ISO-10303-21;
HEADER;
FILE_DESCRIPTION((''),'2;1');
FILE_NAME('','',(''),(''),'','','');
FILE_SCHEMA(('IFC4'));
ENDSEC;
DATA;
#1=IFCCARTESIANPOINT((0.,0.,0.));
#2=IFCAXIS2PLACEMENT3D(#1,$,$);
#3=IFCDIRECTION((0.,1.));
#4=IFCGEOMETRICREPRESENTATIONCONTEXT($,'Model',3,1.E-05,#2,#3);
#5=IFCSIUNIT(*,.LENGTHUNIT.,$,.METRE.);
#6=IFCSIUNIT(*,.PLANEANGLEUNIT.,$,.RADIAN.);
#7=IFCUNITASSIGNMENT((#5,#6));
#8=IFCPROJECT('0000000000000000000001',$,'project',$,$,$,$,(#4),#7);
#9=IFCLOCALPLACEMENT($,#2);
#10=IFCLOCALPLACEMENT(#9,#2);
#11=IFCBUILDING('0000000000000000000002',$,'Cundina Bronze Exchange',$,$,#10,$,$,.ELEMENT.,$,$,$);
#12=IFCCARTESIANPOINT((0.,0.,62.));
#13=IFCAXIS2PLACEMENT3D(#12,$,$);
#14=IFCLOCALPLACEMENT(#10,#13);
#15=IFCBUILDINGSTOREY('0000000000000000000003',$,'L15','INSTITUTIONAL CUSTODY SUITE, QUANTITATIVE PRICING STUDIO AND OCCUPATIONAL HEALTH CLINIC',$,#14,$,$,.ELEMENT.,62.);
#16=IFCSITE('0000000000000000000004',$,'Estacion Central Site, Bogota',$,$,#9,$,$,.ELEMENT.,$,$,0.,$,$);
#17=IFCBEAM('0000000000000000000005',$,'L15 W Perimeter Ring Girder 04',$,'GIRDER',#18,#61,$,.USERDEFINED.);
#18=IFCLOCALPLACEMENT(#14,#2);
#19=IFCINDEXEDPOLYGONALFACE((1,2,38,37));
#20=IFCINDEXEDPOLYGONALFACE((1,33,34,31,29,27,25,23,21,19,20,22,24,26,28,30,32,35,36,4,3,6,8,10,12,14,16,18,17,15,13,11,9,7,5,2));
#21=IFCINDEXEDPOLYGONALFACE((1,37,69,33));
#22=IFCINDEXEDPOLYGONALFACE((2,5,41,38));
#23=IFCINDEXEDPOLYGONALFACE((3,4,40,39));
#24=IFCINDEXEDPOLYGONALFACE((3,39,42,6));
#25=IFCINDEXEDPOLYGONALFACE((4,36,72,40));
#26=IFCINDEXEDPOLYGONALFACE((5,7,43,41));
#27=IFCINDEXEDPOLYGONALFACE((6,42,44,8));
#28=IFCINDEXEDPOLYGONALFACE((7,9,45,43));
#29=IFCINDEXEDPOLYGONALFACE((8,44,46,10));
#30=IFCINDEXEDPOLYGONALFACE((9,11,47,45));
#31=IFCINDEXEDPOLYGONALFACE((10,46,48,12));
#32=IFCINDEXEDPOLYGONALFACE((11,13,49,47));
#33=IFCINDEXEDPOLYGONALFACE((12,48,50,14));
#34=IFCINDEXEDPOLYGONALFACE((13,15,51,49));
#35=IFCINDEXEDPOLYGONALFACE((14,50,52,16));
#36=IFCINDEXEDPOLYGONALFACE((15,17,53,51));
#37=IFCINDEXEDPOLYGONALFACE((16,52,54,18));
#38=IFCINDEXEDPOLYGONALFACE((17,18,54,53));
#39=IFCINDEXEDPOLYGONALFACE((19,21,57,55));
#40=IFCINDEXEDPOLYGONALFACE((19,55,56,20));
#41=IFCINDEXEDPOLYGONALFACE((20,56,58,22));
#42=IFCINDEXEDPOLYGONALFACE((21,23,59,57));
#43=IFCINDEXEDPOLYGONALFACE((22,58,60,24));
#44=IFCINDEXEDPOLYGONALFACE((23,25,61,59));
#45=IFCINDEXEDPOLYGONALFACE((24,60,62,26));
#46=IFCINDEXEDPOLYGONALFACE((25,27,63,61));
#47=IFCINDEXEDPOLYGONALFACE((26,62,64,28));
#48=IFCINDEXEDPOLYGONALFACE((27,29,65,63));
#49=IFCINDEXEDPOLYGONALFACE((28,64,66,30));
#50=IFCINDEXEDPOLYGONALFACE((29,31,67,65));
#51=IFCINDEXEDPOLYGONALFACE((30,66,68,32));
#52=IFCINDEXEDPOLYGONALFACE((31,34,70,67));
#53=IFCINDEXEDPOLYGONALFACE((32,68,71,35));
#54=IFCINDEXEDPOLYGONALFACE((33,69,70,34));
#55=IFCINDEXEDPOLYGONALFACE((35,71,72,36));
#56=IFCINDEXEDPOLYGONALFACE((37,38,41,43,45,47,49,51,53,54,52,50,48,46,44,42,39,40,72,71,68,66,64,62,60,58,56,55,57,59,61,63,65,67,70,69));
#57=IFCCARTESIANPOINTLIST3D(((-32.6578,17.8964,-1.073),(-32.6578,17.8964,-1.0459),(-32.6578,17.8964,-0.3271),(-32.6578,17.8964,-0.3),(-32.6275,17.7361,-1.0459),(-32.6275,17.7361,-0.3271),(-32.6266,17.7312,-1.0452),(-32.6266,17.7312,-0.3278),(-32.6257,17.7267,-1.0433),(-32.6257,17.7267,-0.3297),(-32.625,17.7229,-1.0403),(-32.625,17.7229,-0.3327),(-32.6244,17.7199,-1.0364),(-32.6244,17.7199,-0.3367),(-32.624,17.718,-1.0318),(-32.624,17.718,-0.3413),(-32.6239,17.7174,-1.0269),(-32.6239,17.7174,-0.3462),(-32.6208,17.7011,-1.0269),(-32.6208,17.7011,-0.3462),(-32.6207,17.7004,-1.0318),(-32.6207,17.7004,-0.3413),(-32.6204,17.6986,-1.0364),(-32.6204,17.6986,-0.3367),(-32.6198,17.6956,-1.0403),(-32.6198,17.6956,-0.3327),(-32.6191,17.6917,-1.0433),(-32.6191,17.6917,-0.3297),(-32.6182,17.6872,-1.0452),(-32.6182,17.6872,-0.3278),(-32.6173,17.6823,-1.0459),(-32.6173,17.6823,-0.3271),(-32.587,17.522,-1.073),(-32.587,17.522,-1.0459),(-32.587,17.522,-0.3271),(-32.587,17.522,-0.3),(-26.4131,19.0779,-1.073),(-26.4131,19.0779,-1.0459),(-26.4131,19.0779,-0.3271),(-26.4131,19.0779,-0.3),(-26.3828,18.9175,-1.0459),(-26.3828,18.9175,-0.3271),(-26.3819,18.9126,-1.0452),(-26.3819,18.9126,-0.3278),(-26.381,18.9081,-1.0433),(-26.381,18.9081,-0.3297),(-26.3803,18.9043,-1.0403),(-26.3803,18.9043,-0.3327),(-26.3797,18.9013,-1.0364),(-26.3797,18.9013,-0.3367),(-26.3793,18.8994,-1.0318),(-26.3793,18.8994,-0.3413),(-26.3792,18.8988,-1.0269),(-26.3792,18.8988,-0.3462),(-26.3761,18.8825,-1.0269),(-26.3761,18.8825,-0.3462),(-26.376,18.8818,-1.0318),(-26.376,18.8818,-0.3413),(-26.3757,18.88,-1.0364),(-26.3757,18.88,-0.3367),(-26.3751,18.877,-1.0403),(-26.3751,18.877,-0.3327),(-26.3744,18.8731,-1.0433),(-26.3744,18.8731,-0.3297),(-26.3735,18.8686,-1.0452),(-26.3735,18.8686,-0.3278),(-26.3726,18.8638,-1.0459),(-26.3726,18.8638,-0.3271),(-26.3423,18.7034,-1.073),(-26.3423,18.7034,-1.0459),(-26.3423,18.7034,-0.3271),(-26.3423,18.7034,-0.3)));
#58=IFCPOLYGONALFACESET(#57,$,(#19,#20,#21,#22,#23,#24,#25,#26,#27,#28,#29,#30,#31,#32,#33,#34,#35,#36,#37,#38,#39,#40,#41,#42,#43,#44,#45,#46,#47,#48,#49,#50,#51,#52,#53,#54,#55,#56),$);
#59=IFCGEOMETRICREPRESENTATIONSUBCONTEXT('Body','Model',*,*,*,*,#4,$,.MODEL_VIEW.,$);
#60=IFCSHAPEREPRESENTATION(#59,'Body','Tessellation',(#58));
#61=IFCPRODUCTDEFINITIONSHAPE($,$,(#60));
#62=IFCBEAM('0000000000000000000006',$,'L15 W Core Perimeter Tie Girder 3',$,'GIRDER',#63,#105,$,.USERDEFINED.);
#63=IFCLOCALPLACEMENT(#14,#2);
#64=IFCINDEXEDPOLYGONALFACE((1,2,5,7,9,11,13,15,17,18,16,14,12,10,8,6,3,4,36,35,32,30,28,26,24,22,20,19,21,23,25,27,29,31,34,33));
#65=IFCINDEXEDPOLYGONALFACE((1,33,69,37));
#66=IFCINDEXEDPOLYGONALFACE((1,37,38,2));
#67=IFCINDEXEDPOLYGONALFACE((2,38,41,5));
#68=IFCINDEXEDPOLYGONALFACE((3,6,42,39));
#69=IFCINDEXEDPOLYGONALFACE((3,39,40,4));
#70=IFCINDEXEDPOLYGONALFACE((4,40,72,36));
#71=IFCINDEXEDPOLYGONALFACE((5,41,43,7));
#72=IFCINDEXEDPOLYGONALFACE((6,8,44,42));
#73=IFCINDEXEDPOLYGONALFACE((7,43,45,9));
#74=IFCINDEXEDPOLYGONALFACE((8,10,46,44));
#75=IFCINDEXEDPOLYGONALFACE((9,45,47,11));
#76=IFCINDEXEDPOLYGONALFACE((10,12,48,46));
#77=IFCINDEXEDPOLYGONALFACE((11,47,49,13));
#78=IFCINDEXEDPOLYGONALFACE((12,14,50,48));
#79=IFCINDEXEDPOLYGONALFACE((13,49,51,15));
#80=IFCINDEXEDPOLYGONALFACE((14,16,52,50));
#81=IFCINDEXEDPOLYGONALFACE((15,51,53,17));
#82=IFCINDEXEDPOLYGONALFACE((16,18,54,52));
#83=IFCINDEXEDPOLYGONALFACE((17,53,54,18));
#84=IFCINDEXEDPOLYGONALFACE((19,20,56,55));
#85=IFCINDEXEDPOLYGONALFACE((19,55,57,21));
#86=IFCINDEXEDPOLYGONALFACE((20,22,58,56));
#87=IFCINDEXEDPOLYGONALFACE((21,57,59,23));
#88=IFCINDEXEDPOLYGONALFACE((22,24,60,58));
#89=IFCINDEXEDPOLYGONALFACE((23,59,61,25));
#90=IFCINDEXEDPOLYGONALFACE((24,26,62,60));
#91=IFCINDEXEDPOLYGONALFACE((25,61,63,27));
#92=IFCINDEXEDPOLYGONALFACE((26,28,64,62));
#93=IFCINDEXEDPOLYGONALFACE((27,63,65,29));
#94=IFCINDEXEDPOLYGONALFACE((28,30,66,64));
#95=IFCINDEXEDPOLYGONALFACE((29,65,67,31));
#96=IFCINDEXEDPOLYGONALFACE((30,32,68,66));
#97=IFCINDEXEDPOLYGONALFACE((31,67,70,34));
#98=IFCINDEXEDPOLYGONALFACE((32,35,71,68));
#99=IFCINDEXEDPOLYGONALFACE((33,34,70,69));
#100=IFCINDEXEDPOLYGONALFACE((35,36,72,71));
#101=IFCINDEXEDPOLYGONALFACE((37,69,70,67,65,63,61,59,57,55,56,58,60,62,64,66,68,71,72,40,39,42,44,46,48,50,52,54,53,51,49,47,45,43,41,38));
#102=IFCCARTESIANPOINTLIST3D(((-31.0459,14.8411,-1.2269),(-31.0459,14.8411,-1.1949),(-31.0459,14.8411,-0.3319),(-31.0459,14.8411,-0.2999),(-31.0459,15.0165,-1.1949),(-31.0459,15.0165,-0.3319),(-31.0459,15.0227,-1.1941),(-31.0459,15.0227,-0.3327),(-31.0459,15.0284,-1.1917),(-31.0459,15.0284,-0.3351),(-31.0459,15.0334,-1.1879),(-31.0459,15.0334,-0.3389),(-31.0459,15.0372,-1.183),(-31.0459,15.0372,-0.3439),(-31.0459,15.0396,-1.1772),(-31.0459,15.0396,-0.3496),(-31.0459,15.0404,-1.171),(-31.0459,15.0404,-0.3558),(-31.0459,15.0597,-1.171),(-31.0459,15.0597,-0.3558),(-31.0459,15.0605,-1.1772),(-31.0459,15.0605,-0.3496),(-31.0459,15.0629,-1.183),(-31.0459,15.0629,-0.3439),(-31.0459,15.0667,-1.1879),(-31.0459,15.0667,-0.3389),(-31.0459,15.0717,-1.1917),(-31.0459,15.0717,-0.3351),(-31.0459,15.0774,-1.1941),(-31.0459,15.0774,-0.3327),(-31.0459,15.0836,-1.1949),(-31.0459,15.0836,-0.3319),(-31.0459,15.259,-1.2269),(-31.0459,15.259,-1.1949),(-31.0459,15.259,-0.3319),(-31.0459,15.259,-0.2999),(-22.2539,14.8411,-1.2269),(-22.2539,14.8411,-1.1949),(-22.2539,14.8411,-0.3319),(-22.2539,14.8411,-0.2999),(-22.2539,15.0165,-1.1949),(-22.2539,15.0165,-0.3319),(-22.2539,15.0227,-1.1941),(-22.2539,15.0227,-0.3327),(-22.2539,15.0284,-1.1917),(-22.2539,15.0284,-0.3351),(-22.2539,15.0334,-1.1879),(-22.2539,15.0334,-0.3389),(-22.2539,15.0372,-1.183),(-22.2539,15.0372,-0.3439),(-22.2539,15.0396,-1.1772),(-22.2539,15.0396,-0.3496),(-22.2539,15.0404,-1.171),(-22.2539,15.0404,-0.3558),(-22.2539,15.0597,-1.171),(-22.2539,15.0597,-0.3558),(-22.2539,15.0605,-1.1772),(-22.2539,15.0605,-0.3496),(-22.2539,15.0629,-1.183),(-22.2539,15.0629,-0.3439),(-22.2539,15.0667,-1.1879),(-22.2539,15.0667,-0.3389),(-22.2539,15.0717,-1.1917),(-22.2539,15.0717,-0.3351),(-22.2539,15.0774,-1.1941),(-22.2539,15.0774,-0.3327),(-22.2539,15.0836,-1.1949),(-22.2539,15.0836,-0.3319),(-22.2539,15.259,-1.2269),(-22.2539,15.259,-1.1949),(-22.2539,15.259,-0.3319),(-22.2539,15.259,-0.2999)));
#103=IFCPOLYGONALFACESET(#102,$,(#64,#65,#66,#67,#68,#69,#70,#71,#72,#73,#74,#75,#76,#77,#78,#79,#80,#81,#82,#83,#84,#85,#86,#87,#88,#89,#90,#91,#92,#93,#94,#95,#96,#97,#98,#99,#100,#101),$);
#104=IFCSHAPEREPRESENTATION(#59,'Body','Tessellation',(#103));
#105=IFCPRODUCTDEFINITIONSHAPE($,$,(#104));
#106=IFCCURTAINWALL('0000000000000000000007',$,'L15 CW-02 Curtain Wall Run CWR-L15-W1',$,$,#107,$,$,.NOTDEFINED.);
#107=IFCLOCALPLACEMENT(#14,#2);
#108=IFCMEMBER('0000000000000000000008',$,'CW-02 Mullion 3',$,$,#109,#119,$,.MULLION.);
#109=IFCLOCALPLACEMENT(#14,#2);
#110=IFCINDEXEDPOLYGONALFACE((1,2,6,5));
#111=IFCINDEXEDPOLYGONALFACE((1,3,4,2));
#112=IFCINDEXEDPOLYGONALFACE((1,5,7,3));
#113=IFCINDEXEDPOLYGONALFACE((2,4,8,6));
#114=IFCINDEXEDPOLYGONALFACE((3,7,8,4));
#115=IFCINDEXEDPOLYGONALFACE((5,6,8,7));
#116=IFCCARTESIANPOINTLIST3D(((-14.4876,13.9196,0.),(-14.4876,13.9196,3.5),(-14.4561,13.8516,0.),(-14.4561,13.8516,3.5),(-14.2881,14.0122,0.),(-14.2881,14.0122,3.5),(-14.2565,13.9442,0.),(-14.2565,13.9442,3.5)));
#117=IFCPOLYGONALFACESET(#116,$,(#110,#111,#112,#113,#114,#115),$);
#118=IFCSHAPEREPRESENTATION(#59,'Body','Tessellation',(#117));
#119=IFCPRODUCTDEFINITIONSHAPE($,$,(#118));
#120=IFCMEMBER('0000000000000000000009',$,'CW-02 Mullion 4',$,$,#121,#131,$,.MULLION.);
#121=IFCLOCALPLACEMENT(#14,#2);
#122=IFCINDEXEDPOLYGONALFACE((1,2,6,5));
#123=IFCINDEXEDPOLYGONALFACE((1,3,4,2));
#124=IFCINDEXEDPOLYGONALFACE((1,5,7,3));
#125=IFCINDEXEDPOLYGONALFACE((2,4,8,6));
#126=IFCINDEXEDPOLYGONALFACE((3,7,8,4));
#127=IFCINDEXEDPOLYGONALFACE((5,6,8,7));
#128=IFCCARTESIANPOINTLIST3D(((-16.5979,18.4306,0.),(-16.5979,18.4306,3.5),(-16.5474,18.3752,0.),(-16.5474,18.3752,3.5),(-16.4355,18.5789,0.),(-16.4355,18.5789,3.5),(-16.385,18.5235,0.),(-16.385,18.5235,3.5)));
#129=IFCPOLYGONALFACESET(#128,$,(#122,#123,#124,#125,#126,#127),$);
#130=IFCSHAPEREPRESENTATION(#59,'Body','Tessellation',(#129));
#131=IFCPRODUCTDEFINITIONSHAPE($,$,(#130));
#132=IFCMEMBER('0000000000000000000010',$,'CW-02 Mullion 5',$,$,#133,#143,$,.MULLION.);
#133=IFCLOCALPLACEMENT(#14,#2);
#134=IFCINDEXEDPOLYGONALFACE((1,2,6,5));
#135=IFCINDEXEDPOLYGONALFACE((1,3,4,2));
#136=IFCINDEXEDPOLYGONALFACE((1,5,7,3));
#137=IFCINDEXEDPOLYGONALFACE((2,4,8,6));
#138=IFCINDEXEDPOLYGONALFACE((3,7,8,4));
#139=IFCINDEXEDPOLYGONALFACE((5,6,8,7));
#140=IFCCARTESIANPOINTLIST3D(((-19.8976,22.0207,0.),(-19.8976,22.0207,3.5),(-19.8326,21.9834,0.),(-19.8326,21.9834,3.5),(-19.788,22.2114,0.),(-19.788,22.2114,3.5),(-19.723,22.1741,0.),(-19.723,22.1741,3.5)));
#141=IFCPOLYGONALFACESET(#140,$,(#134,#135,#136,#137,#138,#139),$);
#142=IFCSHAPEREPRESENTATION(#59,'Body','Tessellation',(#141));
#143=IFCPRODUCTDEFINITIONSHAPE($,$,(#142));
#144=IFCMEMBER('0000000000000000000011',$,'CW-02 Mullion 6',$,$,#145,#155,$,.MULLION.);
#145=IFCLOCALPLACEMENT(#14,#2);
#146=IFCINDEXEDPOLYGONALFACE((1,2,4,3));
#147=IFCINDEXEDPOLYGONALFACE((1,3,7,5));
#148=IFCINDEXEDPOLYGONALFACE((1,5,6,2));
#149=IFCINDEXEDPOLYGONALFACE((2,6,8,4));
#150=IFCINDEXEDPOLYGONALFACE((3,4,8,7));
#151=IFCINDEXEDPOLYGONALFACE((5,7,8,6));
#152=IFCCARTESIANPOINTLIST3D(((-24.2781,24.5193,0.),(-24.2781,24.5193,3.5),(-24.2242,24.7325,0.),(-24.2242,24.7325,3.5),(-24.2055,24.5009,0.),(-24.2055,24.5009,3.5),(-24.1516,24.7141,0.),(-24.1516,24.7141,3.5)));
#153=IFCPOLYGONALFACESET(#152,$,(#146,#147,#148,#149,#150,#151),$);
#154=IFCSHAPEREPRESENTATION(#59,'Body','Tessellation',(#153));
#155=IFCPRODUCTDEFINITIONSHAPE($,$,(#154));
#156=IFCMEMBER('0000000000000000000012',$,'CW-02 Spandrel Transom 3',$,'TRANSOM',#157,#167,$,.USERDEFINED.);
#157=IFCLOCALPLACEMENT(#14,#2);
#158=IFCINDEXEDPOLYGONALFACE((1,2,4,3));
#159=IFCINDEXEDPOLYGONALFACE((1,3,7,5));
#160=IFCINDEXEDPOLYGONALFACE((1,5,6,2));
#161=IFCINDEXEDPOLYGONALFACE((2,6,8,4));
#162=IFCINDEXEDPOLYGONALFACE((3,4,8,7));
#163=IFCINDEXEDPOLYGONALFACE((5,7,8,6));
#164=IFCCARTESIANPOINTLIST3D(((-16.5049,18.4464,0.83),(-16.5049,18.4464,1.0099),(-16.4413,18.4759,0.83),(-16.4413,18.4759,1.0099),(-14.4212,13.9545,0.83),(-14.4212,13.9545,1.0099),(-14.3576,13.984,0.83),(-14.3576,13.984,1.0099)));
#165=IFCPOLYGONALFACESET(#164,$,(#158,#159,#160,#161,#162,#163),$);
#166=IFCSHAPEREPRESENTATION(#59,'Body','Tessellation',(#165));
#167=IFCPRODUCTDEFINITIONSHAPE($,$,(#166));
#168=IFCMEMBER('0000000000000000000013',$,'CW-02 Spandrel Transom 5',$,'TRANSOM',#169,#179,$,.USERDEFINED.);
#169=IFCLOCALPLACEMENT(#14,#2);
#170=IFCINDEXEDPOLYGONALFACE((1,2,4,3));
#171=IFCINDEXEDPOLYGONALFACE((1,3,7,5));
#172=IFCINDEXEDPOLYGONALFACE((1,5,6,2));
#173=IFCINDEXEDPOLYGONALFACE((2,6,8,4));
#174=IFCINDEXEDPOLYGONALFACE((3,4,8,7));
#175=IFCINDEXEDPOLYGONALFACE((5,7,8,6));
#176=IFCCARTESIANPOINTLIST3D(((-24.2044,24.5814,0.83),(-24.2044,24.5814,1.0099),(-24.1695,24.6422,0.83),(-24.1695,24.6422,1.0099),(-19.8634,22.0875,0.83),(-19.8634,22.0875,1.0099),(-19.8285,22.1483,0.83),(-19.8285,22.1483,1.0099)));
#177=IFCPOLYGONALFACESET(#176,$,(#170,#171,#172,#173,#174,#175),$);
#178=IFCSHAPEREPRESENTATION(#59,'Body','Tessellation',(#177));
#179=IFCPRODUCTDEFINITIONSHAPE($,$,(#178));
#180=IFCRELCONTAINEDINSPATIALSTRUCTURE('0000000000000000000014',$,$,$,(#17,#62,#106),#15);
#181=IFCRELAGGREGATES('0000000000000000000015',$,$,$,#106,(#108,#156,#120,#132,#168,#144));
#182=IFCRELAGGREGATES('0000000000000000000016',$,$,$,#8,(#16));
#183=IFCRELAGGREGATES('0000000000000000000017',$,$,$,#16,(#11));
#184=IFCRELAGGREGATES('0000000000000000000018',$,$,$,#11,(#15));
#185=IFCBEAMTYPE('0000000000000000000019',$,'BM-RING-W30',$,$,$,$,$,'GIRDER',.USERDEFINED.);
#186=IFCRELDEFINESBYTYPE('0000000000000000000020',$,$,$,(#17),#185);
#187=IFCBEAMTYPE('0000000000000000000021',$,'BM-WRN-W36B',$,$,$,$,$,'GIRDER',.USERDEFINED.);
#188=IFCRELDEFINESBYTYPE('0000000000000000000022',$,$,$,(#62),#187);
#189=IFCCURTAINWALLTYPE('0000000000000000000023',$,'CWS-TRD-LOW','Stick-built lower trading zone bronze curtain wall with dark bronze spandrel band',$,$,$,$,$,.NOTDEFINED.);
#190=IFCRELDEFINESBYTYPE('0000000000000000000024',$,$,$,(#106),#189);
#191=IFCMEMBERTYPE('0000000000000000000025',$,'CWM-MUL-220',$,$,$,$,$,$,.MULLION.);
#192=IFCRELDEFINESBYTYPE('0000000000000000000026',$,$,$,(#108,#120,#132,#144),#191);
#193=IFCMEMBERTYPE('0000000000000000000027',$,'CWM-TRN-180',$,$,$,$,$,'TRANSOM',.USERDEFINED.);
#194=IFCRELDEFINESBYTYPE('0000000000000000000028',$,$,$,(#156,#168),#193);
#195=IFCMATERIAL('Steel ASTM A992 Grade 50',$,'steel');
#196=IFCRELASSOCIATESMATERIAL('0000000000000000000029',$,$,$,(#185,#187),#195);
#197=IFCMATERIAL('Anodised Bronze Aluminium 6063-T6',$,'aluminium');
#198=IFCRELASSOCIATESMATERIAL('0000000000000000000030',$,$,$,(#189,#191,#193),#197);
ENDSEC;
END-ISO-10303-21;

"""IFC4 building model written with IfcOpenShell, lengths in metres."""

from ifc_helpers import new_model, si_unit, direction, frame, origin, origin_2d, place, context, subcontext, project, spatial, rectangle, i_section, extrude, material, material_profile, profile_set, type_object, element, aggregate, save


model = new_model("IFC4")

# Units and contexts
model_context = context("Model", 3, precision=1e-05, world=origin(), true_north=direction((0.0, 1.0)))
body_context = subcontext(model_context, "Body", "Model", "MODEL_VIEW")
ifc_project = project(units=[si_unit("LENGTHUNIT", "METRE"), si_unit("PLANEANGLEUNIT", "RADIAN")], contexts=[model_context])

# Site, building, storey
site_placement = place(None, origin())
site = spatial("IfcSite", under=ifc_project, at=site_placement, Name="Estacion Central Site, Bogota", CompositionType="ELEMENT", RefElevation=0.0)
building_placement = place(site_placement, origin())
building = spatial("IfcBuilding", under=site, at=building_placement, Name="Cundina Bronze Exchange", CompositionType="ELEMENT")
storey_placement = place(building_placement, frame((0.0, 0.0, 62.0)))
storey = spatial("IfcBuildingStorey", under=building, at=storey_placement, Name="L15", Description="INSTITUTIONAL CUSTODY SUITE, QUANTITATIVE PRICING STUDIO AND OCCUPATIONAL HEALTH CLINIC", CompositionType="ELEMENT", Elevation=62.0)

# Shared definitions
ifc_material_1 = material(Name="Steel ASTM A992 Grade 50", Category="steel")

# Beams
ifc_material_profile_1 = material_profile(ifc_material_1, i_section(OverallWidth=0.3811, OverallDepth=0.7729, WebThickness=0.0166, FlangeThickness=0.0271, FilletRadius=0.019, at=origin_2d()), Name="W30X173", Category="steel")
ifc_profile_set_1 = profile_set([ifc_material_profile_1], Name="Steel ASTM A992 Grade 50")
beam_type_1 = type_object("IfcBeamType", Name="BM-RING-W30", ElementType="GIRDER", PredefinedType="USERDEFINED", material=ifc_profile_set_1)
beam_1_placement = place(storey_placement, frame((-26.3777, 18.8906, -0.6865), z_axis=(-0.982571, -0.185889, 0.0), x_axis=(0.185889, -0.982571, 0.0)))
element("IfcBeam", 1, at=beam_1_placement, inside=storey, type_object=beam_type_1, Name="L15 W Perimeter Ring Girder 04", ObjectType="GIRDER", PredefinedType="USERDEFINED", context=body_context, shape_type="SweptSolid", body=[
    extrude(i_section(OverallWidth=0.3811, OverallDepth=0.7729, WebThickness=0.0166, FlangeThickness=0.0271, FilletRadius=0.019, at=origin_2d()), origin(), (0.0, 0.0, 1.0), 6.3555),
])
ifc_material_profile_2 = material_profile(ifc_material_1, i_section(OverallWidth=0.418, OverallDepth=0.927, WebThickness=0.0193, FlangeThickness=0.032, FilletRadius=0.0239, at=origin_2d()), Name="W36X231", Category="steel")
ifc_profile_set_2 = profile_set([ifc_material_profile_2], Name="Steel ASTM A992 Grade 50")
beam_type_2 = type_object("IfcBeamType", Name="BM-WRN-W36B", ElementType="GIRDER", PredefinedType="USERDEFINED", material=ifc_profile_set_2)
beam_2_placement = place(storey_placement, frame((-22.2539, 15.05, -0.7634), z_axis=(-1.0, 0.0, 0.0), x_axis=(0.0, -1.0, 0.0)))
element("IfcBeam", 2, at=beam_2_placement, inside=storey, type_object=beam_type_2, Name="L15 W Core Perimeter Tie Girder 3", ObjectType="GIRDER", PredefinedType="USERDEFINED", context=body_context, shape_type="SweptSolid", body=[
    extrude(i_section(OverallWidth=0.418, OverallDepth=0.927, WebThickness=0.0193, FlangeThickness=0.032, FilletRadius=0.0239, at=origin_2d()), origin(), (0.0, 0.0, 1.0), 8.792),
])

# Curtain wall, members
ifc_material_2 = material(Name="Anodised Bronze Aluminium 6063-T6", Category="aluminium")
curtain_wall_type = type_object("IfcCurtainWallType", Name="CWS-TRD-LOW", Description="Stick-built lower trading zone bronze curtain wall with dark bronze spandrel band", PredefinedType="NOTDEFINED", material=ifc_material_2)
curtain_wall_placement = place(storey_placement, origin())
curtain_wall = element("IfcCurtainWall", 3, at=curtain_wall_placement, inside=storey, type_object=curtain_wall_type, Name="L15 CW-02 Curtain Wall Run CWR-L15-W1", PredefinedType="NOTDEFINED")
ifc_material_profile_3 = material_profile(ifc_material_2, rectangle(XDim=0.075, YDim=0.22, at=origin_2d()), Name="AL75X220", Category="aluminium")
ifc_profile_set_3 = profile_set([ifc_material_profile_3], Name="Anodised Bronze Aluminium 6063-T6")
member_type_1 = type_object("IfcMemberType", Name="CWM-MUL-220", PredefinedType="MULLION", material=ifc_profile_set_3)
member_1_placement = place(storey_placement, frame((-14.3721, 13.9319, 0.0), z_axis=(0.0, 0.0, 1.0), x_axis=(-0.420877, 0.907117, 0.0)))
member_1 = element("IfcMember", 4, at=member_1_placement, type_object=member_type_1, Name="CW-02 Mullion 3", PredefinedType="MULLION", context=body_context, shape_type="SweptSolid", body=[
    extrude(rectangle(XDim=0.075, YDim=0.22, at=origin_2d()), origin(), (0.0, 0.0, 1.0), 3.5),
])
member_2_placement = place(storey_placement, frame((-16.4915, 18.4771, 0.0), z_axis=(0.0, 0.0, 1.0), x_axis=(-0.674302, 0.738455, 0.0)))
member_2 = element("IfcMember", 5, at=member_2_placement, type_object=member_type_1, Name="CW-02 Mullion 4", PredefinedType="MULLION", context=body_context, shape_type="SweptSolid", body=[
    extrude(rectangle(XDim=0.075, YDim=0.22, at=origin_2d()), origin(), (0.0, 0.0, 1.0), 3.5),
])
member_3_placement = place(storey_placement, frame((-19.8103, 22.0974, 0.0), z_axis=(0.0, 0.0, 1.0), x_axis=(-0.867071, 0.498185, 0.0)))
member_3 = element("IfcMember", 6, at=member_3_placement, type_object=member_type_1, Name="CW-02 Mullion 5", PredefinedType="MULLION", context=body_context, shape_type="SweptSolid", body=[
    extrude(rectangle(XDim=0.075, YDim=0.22, at=origin_2d()), origin(), (0.0, 0.0, 1.0), 3.5),
])
member_4_placement = place(storey_placement, frame((-24.2148, 24.6167, 0.0), z_axis=(0.0, 0.0, 1.0), x_axis=(-0.969488, 0.245138, 0.0)))
member_4 = element("IfcMember", 7, at=member_4_placement, type_object=member_type_1, Name="CW-02 Mullion 6", PredefinedType="MULLION", context=body_context, shape_type="SweptSolid", body=[
    extrude(rectangle(XDim=0.075, YDim=0.22, at=origin_2d()), origin(), (0.0, 0.0, 1.0), 3.5),
])
ifc_material_profile_4 = material_profile(ifc_material_2, rectangle(XDim=0.0701, YDim=0.1799, at=origin_2d()), Name="AL70X180", Category="aluminium")
ifc_profile_set_4 = profile_set([ifc_material_profile_4], Name="Anodised Bronze Aluminium 6063-T6")
member_type_2 = type_object("IfcMemberType", Name="CWM-TRN-180", ElementType="TRANSOM", PredefinedType="USERDEFINED", material=ifc_profile_set_4)
member_5_placement = place(storey_placement, frame((-14.3894, 13.9692, 0.9199), z_axis=(-0.420811, 0.907148, 0.0), x_axis=(-0.907148, -0.420811, 0.0)))
member_5 = element("IfcMember", 8, at=member_5_placement, type_object=member_type_2, Name="CW-02 Spandrel Transom 3", ObjectType="TRANSOM", PredefinedType="USERDEFINED", context=body_context, shape_type="SweptSolid", body=[
    extrude(rectangle(XDim=0.0701, YDim=0.1799, at=origin_2d()), origin(), (0.0, 0.0, 1.0), 4.9517),
])
member_6_placement = place(storey_placement, frame((-19.8459, 22.1179, 0.9199), z_axis=(-0.867097, 0.498139, 0.0), x_axis=(-0.498139, -0.867097, 0.0)))
member_6 = element("IfcMember", 9, at=member_6_placement, type_object=member_type_2, Name="CW-02 Spandrel Transom 5", ObjectType="TRANSOM", PredefinedType="USERDEFINED", context=body_context, shape_type="SweptSolid", body=[
    extrude(rectangle(XDim=0.0701, YDim=0.1799, at=origin_2d()), origin(), (0.0, 0.0, 1.0), 5.0063),
])
aggregate(curtain_wall, [member_1, member_5, member_2, member_3, member_6, member_4])

save(model, "model.ifc")
